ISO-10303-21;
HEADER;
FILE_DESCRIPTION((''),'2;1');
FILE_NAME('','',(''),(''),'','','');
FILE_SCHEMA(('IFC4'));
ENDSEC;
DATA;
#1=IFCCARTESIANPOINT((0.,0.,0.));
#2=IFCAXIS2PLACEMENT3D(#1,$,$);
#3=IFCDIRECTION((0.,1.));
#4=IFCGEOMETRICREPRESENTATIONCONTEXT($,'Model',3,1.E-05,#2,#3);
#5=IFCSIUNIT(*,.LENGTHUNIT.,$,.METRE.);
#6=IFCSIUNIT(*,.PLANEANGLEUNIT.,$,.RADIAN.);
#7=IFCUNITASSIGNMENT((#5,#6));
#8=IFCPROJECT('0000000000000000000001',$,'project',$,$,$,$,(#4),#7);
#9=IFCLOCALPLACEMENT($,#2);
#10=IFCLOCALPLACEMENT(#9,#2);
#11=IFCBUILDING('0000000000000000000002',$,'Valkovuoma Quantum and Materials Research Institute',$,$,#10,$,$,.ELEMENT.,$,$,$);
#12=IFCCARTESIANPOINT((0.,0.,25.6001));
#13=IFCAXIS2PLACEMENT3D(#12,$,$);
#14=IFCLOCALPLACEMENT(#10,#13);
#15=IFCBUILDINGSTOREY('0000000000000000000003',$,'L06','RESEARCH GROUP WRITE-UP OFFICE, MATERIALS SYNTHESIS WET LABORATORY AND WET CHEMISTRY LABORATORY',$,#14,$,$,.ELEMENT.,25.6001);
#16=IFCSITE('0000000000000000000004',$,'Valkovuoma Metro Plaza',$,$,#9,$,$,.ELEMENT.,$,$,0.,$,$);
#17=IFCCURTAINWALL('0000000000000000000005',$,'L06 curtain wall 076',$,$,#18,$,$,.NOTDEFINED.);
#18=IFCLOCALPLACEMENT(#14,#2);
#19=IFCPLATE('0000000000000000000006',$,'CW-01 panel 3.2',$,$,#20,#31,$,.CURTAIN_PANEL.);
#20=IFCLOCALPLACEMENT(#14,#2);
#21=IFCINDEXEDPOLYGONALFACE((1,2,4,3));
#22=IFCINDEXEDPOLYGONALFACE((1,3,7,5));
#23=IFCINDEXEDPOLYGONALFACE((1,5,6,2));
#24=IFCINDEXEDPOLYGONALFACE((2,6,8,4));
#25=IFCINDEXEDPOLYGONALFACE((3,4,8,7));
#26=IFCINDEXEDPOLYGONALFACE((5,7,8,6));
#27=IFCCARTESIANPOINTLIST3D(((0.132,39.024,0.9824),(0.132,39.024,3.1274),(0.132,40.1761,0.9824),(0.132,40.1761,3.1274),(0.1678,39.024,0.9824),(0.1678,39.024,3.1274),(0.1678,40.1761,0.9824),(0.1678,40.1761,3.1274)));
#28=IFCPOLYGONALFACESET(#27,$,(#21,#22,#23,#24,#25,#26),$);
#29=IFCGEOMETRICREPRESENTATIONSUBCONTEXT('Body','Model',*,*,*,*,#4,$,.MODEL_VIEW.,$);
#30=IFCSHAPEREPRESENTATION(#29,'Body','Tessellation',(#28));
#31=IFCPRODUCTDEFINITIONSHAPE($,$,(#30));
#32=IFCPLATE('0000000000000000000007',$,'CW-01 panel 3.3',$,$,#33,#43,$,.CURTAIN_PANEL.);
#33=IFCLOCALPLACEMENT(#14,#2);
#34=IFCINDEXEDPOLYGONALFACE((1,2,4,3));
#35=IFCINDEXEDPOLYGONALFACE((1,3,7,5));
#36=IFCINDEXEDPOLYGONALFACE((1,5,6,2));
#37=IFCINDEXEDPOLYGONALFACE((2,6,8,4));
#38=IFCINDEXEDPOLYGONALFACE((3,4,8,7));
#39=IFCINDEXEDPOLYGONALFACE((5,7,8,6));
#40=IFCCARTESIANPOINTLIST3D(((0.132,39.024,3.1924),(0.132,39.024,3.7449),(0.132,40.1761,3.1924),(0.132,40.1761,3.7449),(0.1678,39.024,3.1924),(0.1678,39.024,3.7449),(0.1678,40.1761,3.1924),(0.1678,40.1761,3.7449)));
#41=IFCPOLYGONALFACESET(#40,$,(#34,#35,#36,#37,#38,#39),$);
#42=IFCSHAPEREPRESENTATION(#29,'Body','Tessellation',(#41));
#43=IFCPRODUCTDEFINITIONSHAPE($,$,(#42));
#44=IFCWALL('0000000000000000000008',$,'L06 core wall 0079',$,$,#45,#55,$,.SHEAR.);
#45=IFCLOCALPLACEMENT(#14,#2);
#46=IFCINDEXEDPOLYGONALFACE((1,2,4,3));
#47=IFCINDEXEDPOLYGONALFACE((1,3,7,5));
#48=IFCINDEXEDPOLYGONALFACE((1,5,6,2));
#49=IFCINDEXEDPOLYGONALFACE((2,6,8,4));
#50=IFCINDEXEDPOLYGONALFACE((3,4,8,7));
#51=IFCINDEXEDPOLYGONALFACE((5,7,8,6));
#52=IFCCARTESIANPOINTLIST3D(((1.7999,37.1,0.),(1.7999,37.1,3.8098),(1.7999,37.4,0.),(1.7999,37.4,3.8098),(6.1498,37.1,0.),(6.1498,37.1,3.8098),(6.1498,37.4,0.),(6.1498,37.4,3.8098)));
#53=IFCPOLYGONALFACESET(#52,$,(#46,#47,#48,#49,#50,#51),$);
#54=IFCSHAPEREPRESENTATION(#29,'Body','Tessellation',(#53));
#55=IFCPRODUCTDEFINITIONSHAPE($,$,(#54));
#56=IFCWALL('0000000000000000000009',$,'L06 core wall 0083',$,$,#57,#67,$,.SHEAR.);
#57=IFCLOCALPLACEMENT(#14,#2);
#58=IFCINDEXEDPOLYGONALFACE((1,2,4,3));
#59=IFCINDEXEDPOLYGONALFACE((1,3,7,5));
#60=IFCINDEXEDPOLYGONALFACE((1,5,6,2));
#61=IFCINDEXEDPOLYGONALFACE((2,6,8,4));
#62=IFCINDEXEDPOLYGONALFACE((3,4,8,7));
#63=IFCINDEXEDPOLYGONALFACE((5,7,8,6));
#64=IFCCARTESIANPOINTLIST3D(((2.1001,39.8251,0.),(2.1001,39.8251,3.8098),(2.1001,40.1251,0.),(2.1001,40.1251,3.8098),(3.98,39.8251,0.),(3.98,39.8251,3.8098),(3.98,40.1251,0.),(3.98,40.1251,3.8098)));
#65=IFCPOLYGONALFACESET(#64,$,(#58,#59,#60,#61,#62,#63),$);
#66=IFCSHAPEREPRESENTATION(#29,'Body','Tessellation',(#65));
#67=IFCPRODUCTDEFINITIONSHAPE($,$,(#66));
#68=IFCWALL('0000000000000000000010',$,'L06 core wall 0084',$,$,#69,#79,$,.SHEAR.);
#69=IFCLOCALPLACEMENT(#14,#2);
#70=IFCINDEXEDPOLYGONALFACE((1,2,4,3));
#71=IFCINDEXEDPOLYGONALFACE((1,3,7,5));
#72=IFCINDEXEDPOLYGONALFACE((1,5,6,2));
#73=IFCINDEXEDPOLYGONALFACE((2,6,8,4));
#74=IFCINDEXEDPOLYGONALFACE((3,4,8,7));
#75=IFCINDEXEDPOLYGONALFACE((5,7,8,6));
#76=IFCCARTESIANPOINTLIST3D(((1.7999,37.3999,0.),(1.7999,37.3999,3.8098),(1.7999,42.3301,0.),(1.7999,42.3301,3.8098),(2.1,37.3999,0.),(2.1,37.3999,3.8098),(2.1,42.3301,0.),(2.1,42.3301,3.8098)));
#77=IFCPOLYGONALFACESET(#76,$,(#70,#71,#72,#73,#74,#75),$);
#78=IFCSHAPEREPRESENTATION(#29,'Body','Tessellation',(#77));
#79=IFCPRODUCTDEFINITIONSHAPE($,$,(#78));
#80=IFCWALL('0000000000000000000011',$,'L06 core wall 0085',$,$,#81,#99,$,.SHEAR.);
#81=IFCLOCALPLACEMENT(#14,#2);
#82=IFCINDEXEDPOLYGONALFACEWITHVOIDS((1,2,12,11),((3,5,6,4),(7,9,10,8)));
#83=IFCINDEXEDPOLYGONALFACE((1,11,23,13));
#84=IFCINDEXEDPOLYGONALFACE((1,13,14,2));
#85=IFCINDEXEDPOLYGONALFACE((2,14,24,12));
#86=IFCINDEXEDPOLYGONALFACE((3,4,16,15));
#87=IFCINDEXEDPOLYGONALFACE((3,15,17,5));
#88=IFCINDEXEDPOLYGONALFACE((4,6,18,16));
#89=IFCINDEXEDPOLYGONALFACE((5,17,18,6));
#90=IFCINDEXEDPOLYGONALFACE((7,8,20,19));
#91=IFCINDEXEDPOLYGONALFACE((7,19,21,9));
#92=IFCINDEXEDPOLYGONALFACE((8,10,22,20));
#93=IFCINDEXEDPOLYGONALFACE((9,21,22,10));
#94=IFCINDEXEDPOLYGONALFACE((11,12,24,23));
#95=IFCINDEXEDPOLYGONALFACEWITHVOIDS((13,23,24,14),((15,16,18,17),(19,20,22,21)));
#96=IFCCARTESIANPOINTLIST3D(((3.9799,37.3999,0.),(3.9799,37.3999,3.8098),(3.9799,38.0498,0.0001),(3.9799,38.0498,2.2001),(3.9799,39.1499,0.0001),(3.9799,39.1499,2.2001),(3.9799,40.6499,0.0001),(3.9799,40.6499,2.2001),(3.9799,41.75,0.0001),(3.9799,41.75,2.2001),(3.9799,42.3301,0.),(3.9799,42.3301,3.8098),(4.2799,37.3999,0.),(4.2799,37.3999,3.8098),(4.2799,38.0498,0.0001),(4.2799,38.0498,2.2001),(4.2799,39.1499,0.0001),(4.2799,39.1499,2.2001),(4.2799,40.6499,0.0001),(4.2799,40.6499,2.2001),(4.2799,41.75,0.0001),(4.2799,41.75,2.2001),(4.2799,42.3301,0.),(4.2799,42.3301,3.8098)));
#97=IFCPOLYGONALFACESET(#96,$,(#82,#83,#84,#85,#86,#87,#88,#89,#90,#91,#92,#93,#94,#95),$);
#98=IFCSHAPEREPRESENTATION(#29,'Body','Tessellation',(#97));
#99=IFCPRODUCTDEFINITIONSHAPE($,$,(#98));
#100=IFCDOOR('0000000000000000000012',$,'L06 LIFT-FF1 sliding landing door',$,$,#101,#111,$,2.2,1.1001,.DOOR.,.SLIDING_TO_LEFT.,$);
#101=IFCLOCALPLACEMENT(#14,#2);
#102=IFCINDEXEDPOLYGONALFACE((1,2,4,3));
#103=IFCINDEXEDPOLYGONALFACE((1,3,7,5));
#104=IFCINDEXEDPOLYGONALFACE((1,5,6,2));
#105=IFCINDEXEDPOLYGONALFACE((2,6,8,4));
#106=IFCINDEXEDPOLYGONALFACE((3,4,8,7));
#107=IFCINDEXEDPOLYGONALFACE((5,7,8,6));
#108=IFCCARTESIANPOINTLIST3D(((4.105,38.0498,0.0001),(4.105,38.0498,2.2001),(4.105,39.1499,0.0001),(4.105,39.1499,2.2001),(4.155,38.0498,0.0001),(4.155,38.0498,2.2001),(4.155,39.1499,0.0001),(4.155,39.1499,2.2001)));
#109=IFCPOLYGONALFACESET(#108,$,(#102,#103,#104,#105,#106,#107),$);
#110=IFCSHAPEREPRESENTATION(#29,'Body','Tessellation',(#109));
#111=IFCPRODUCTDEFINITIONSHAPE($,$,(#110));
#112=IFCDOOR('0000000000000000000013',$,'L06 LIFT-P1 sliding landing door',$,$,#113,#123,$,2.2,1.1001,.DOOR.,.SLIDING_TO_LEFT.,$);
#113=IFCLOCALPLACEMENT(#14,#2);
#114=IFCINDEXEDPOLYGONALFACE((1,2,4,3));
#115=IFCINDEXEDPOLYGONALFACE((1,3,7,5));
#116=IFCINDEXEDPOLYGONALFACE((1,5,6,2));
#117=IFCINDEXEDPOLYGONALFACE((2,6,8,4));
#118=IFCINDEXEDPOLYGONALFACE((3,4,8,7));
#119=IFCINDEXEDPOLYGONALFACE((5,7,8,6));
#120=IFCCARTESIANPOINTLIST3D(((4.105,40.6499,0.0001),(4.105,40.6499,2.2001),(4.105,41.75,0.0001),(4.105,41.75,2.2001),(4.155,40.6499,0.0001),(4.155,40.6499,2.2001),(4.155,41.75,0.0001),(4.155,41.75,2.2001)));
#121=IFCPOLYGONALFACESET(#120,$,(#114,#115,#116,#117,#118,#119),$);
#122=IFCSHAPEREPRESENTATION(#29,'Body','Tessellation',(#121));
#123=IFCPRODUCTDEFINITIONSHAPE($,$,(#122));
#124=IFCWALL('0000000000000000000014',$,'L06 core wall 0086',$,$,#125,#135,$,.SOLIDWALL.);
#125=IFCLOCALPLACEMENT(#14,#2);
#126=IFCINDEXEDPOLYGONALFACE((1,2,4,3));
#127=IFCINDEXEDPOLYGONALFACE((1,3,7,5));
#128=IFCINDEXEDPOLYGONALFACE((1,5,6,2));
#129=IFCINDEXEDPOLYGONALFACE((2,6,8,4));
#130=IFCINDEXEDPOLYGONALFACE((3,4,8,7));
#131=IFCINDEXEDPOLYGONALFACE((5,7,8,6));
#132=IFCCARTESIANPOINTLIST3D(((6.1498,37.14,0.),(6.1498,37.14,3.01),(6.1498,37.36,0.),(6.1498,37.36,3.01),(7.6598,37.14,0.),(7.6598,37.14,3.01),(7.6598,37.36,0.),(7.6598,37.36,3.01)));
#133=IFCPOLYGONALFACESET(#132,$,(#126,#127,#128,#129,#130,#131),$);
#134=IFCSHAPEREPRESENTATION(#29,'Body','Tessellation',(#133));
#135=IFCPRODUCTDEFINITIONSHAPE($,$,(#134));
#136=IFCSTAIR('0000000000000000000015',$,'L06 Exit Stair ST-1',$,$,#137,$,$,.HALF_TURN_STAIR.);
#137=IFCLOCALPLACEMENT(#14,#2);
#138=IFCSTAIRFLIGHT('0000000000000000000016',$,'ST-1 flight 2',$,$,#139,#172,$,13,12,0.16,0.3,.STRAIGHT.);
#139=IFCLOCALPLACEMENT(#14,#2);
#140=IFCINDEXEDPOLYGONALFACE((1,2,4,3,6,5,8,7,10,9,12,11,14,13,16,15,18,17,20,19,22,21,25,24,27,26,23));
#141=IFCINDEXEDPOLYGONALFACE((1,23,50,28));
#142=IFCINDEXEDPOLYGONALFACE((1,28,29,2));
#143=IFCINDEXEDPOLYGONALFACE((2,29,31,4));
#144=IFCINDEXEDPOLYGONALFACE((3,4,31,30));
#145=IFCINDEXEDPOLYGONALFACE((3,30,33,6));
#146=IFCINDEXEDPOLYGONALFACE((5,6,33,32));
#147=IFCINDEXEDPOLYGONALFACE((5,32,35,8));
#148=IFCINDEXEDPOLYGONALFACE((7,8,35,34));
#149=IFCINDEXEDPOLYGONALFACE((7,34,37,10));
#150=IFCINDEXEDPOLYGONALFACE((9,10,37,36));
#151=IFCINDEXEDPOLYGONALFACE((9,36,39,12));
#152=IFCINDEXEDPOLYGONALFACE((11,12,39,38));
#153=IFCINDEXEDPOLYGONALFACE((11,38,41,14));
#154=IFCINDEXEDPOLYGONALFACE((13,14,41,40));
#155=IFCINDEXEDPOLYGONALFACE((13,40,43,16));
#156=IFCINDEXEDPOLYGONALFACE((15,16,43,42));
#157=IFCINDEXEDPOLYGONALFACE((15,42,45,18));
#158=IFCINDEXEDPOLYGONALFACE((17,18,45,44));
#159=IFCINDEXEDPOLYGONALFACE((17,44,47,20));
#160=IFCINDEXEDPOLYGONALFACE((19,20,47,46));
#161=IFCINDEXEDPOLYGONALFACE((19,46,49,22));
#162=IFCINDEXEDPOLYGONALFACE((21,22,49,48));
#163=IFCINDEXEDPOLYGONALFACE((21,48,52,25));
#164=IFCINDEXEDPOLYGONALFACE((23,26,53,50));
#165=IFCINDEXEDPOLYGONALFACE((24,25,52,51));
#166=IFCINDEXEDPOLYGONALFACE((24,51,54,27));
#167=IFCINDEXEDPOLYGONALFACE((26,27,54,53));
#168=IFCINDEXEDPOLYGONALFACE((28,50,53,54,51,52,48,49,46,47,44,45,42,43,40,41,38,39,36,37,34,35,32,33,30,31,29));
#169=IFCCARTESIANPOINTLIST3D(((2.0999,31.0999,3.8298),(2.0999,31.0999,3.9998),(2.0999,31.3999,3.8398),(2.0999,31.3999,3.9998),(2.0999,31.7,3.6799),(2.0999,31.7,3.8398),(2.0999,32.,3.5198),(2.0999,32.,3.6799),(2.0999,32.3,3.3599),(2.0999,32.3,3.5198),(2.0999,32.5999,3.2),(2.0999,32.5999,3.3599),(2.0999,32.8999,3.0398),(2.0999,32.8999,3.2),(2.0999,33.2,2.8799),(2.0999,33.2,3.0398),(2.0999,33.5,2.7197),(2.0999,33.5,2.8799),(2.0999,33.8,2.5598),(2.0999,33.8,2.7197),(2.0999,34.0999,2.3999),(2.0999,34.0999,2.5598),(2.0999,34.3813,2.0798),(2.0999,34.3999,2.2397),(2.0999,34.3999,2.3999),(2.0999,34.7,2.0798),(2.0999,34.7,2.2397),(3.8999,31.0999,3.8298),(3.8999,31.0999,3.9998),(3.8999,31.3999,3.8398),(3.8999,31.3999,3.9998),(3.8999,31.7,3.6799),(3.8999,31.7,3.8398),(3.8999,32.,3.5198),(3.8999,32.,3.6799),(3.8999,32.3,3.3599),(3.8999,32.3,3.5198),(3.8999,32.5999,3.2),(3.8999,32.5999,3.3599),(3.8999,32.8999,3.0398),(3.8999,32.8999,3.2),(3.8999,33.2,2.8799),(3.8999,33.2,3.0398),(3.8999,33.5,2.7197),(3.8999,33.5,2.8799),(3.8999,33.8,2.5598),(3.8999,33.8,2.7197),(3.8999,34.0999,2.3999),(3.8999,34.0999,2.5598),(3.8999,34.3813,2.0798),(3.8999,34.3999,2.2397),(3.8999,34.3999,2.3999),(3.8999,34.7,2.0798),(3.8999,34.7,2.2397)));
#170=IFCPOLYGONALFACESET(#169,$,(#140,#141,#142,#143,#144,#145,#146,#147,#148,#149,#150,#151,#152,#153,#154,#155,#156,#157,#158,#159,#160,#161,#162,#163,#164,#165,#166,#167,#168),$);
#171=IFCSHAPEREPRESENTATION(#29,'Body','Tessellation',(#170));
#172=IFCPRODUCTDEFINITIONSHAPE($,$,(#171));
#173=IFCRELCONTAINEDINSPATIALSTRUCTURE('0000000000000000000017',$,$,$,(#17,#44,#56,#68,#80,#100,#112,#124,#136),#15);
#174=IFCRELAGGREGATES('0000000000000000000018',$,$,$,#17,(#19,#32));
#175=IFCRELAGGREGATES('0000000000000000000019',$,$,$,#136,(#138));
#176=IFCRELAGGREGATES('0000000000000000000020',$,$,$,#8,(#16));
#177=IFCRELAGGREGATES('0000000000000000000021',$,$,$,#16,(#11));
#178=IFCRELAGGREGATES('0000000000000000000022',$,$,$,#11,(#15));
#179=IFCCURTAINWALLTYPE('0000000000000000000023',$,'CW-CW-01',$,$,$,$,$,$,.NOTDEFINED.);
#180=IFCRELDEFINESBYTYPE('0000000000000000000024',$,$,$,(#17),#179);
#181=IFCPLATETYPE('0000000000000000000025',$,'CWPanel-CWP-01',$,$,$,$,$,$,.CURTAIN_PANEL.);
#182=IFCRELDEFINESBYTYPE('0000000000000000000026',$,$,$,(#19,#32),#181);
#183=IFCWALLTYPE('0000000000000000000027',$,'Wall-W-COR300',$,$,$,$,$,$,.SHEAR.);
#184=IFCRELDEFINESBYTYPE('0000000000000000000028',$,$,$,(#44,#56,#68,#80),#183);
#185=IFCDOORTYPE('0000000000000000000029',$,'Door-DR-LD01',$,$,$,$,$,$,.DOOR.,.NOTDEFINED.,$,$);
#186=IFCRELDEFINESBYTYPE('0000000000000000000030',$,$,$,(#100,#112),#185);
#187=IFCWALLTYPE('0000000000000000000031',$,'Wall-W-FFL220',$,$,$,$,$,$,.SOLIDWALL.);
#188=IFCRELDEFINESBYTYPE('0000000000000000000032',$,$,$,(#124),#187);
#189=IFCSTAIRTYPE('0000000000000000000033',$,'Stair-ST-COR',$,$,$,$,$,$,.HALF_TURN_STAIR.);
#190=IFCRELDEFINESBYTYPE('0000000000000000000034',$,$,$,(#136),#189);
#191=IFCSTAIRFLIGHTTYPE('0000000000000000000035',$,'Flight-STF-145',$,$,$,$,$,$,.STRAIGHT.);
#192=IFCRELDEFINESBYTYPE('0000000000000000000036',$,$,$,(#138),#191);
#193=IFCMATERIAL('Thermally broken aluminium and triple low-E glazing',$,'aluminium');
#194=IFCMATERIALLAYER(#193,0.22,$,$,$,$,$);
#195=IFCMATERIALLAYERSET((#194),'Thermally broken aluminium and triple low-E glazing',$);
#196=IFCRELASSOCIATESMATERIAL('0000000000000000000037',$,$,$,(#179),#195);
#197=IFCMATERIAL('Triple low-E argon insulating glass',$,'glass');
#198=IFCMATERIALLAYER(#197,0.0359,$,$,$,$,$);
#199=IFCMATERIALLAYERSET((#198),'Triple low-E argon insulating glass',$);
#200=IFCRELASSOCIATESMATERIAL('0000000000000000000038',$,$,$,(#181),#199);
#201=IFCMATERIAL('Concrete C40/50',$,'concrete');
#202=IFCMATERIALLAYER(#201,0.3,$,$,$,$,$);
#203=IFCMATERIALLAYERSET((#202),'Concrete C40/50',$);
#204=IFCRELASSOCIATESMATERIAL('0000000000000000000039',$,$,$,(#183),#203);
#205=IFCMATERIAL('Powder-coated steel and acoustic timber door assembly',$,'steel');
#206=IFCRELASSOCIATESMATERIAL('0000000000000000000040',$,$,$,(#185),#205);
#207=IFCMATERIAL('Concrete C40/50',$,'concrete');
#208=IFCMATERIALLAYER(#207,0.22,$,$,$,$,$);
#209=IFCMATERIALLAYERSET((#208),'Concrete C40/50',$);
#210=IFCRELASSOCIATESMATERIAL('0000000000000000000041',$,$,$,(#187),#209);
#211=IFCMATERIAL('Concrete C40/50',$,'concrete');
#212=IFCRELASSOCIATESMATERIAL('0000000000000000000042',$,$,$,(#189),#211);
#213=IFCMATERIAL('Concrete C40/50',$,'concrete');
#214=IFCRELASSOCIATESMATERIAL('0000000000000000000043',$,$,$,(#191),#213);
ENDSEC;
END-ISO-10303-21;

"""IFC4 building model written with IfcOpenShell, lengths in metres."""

from ifc_helpers import new_model, si_unit, direction, frame, frame_2d, origin, origin_2d, place, context, subcontext, project, spatial, polyline, rectangle, outline, extrude, material, layer, layer_set, type_object, element, fill, aggregate, save


model = new_model("IFC4")

# Units and contexts
model_context = context("Model", 3, precision=1e-05, world=origin(), true_north=direction((0.0, 1.0)))
body_context = subcontext(model_context, "Body", "Model", "MODEL_VIEW")
ifc_project = project(units=[si_unit("LENGTHUNIT", "METRE"), si_unit("PLANEANGLEUNIT", "RADIAN")], contexts=[model_context])

# Site, building, storey
site_placement = place(None, origin())
site = spatial("IfcSite", under=ifc_project, at=site_placement, Name="Valkovuoma Metro Plaza", CompositionType="ELEMENT", RefElevation=0.0)
building_placement = place(site_placement, origin())
building = spatial("IfcBuilding", under=site, at=building_placement, Name="Valkovuoma Quantum and Materials Research Institute", CompositionType="ELEMENT")
storey_placement = place(building_placement, frame((0.0, 0.0, 25.6001)))
storey = spatial("IfcBuildingStorey", under=building, at=storey_placement, Name="L06", Description="RESEARCH GROUP WRITE-UP OFFICE, MATERIALS SYNTHESIS WET LABORATORY AND WET CHEMISTRY LABORATORY", CompositionType="ELEMENT", Elevation=25.6001)

# Curtain wall, plates
ifc_material_1 = material(Name="Thermally broken aluminium and triple low-E glazing", Category="aluminium")
ifc_layer_1 = layer(ifc_material_1, 0.22)
ifc_layer_set_1 = layer_set([ifc_layer_1], Name="Thermally broken aluminium and triple low-E glazing")
curtain_wall_type = type_object("IfcCurtainWallType", Name="CW-CW-01", PredefinedType="NOTDEFINED", material=ifc_layer_set_1)
curtain_wall_placement = place(storey_placement, origin())
curtain_wall = element("IfcCurtainWall", 1, at=curtain_wall_placement, inside=storey, type_object=curtain_wall_type, Name="L06 curtain wall 076", PredefinedType="NOTDEFINED")
ifc_material_2 = material(Name="Triple low-E argon insulating glass", Category="glass")
ifc_layer_2 = layer(ifc_material_2, 0.0359)
ifc_layer_set_2 = layer_set([ifc_layer_2], Name="Triple low-E argon insulating glass")
plate_type = type_object("IfcPlateType", Name="CWPanel-CWP-01", PredefinedType="CURTAIN_PANEL", material=ifc_layer_set_2)
plate_1_placement = place(storey_placement, frame((0.1499, 39.6001, 0.9824), z_axis=(0.0, 0.0, 1.0), x_axis=(0.0, 1.0, 0.0)))
plate_1 = element("IfcPlate", 2, at=plate_1_placement, type_object=plate_type, Name="CW-01 panel 3.2", PredefinedType="CURTAIN_PANEL", context=body_context, shape_type="SweptSolid", body=[
    extrude(rectangle(XDim=1.1521, YDim=0.0359, at=origin_2d()), origin(), (0.0, 0.0, 1.0), 2.145),
])
plate_2_placement = place(storey_placement, frame((0.1499, 39.6001, 3.1924), z_axis=(0.0, 0.0, 1.0), x_axis=(0.0, 1.0, 0.0)))
plate_2 = element("IfcPlate", 3, at=plate_2_placement, type_object=plate_type, Name="CW-01 panel 3.3", PredefinedType="CURTAIN_PANEL", context=body_context, shape_type="SweptSolid", body=[
    extrude(rectangle(XDim=1.1521, YDim=0.0359, at=origin_2d()), origin(), (0.0, 0.0, 1.0), 0.5525),
])
aggregate(curtain_wall, [plate_1, plate_2])

# Walls
ifc_material_3 = material(Name="Concrete C40/50", Category="concrete")
ifc_layer_3 = layer(ifc_material_3, 0.3)
ifc_layer_set_3 = layer_set([ifc_layer_3], Name="Concrete C40/50")
wall_type_1 = type_object("IfcWallType", Name="Wall-W-COR300", PredefinedType="SHEAR", material=ifc_layer_set_3)
wall_1_placement = place(storey_placement, frame((1.8, 37.25, 0.0), z_axis=(0.0, 0.0, 1.0), x_axis=(1.0, 0.0, 0.0)))
element("IfcWall", 4, at=wall_1_placement, inside=storey, type_object=wall_type_1, Name="L06 core wall 0079", PredefinedType="SHEAR", context=body_context, shape_type="SweptSolid", body=[
    extrude(rectangle(XDim=4.3499, YDim=0.3, at=frame_2d((2.1748, 0.0))), origin(), (0.0, 0.0, 1.0), 3.8098),
])
wall_2_placement = place(storey_placement, frame((2.1001, 39.9751, 0.0), z_axis=(0.0, 0.0, 1.0), x_axis=(1.0, 0.0, 0.0)))
element("IfcWall", 5, at=wall_2_placement, inside=storey, type_object=wall_type_1, Name="L06 core wall 0083", PredefinedType="SHEAR", context=body_context, shape_type="SweptSolid", body=[
    extrude(rectangle(XDim=1.8799, YDim=0.3, at=frame_2d((0.9399, 0.0))), origin(), (0.0, 0.0, 1.0), 3.8098),
])
wall_3_placement = place(storey_placement, frame((1.95, 37.3999, 0.0), z_axis=(0.0, 0.0, 1.0), x_axis=(0.0, 1.0, 0.0)))
element("IfcWall", 6, at=wall_3_placement, inside=storey, type_object=wall_type_1, Name="L06 core wall 0084", PredefinedType="SHEAR", context=body_context, shape_type="SweptSolid", body=[
    extrude(rectangle(XDim=4.9302, YDim=0.3, at=frame_2d((2.4651, 0.0))), origin(), (0.0, 0.0, 1.0), 3.8098),
])

# Wall, openings, doors
wall_4_placement = place(storey_placement, frame((4.1299, 37.3999, 0.0), z_axis=(0.0, 0.0, 1.0), x_axis=(0.0, 1.0, 0.0)))
wall_4 = element("IfcWall", 7, at=wall_4_placement, inside=storey, type_object=wall_type_1, Name="L06 core wall 0085", PredefinedType="SHEAR", context=body_context, shape_type="SweptSolid", body=[
    extrude(rectangle(XDim=4.9302, YDim=0.3, at=frame_2d((2.4651, 0.0))), origin(), (0.0, 0.0, 1.0), 3.8098),
])
opening_1_placement = place(wall_4_placement, frame((0.6499, 0.0, 0.0)))
opening_1 = element("IfcOpeningElement", 8, at=opening_1_placement, cuts=wall_4, PredefinedType="OPENING", context=body_context, shape_type="SweptSolid", body=[
    extrude(rectangle(XDim=1.1001, YDim=2.2, at=frame_2d((0.55, 1.1001))), frame((0.0, 0.1602, 0.0), z_axis=(0.0, -1.0, 0.0), x_axis=(1.0, 0.0, 0.0)), (0.0, 0.0, 1.0), 0.3201),
])
opening_2_placement = place(wall_4_placement, frame((3.25, 0.0, 0.0)))
opening_2 = element("IfcOpeningElement", 9, at=opening_2_placement, cuts=wall_4, PredefinedType="OPENING", context=body_context, shape_type="SweptSolid", body=[
    extrude(rectangle(XDim=1.1001, YDim=2.2, at=frame_2d((0.55, 1.1001))), frame((0.0, 0.1602, 0.0), z_axis=(0.0, -1.0, 0.0), x_axis=(1.0, 0.0, 0.0)), (0.0, 0.0, 1.0), 0.3201),
])
ifc_material_4 = material(Name="Powder-coated steel and acoustic timber door assembly", Category="steel")
door_type = type_object("IfcDoorType", Name="Door-DR-LD01", OperationType="NOTDEFINED", PredefinedType="DOOR", material=ifc_material_4)
door_1_placement = place(opening_1_placement, origin())
door_1 = element("IfcDoor", 10, at=door_1_placement, inside=storey, type_object=door_type, Name="L06 LIFT-FF1 sliding landing door", OperationType="SLIDING_TO_LEFT", OverallHeight=2.2, OverallWidth=1.1001, PredefinedType="DOOR", context=body_context, shape_type="SweptSolid", body=[
    extrude(rectangle(XDim=1.1001, YDim=2.2, at=frame_2d((0.55, 1.1001))), frame((0.0, 0.0249, 0.0), z_axis=(0.0, -1.0, 0.0), x_axis=(1.0, 0.0, 0.0)), (0.0, 0.0, 1.0), 0.05),
])
fill(opening_1, door_1)
door_2_placement = place(opening_2_placement, origin())
door_2 = element("IfcDoor", 11, at=door_2_placement, inside=storey, type_object=door_type, Name="L06 LIFT-P1 sliding landing door", OperationType="SLIDING_TO_LEFT", OverallHeight=2.2, OverallWidth=1.1001, PredefinedType="DOOR", context=body_context, shape_type="SweptSolid", body=[
    extrude(rectangle(XDim=1.1001, YDim=2.2, at=frame_2d((0.55, 1.1001))), frame((0.0, 0.0249, 0.0), z_axis=(0.0, -1.0, 0.0), x_axis=(1.0, 0.0, 0.0)), (0.0, 0.0, 1.0), 0.05),
])
fill(opening_2, door_2)

# Wall
ifc_material_5 = material(Name="Concrete C40/50", Category="concrete")
ifc_layer_4 = layer(ifc_material_5, 0.22)
ifc_layer_set_4 = layer_set([ifc_layer_4], Name="Concrete C40/50")
wall_type_2 = type_object("IfcWallType", Name="Wall-W-FFL220", PredefinedType="SOLIDWALL", material=ifc_layer_set_4)
wall_5_placement = place(storey_placement, frame((6.1499, 37.25, 0.0), z_axis=(0.0, 0.0, 1.0), x_axis=(1.0, 0.0, 0.0)))
element("IfcWall", 12, at=wall_5_placement, inside=storey, type_object=wall_type_2, Name="L06 core wall 0086", PredefinedType="SOLIDWALL", context=body_context, shape_type="SweptSolid", body=[
    extrude(rectangle(XDim=1.51, YDim=0.22, at=frame_2d((0.7549, 0.0))), origin(), (0.0, 0.0, 1.0), 3.01),
])

# Stair, stair flight
ifc_material_6 = material(Name="Concrete C40/50", Category="concrete")
stair_type = type_object("IfcStairType", Name="Stair-ST-COR", PredefinedType="HALF_TURN_STAIR", material=ifc_material_6)
stair_placement = place(storey_placement, origin())
stair = element("IfcStair", 13, at=stair_placement, inside=storey, type_object=stair_type, Name="L06 Exit Stair ST-1", PredefinedType="HALF_TURN_STAIR")
ifc_material_7 = material(Name="Concrete C40/50", Category="concrete")
stair_flight_type = type_object("IfcStairFlightType", Name="Flight-STF-145", PredefinedType="STRAIGHT", material=ifc_material_7)
stair_flight_placement = place(storey_placement, frame((3.0, 34.7, 2.0798), z_axis=(0.0, 0.0, 1.0), x_axis=(0.0, -1.0, 0.0)))
stair_flight = element("IfcStairFlight", 14, at=stair_flight_placement, type_object=stair_flight_type, Name="ST-1 flight 2", NumberOfRisers=13, NumberOfTreads=12, PredefinedType="STRAIGHT", RiserHeight=0.16, TreadLength=0.3, context=body_context, shape_type="SweptSolid", body=[
    extrude(outline(polyline([(0.0, 0.0), (0.0, 0.1599), (0.3, 0.1599), (0.3, 0.3201), (0.6001, 0.3201), (0.6001, 0.48), (0.8999, 0.48), (0.8999, 0.6399), (1.2, 0.6399), (1.2, 0.8), (1.5, 0.8), (1.5, 0.96), (1.8, 0.96), (1.8, 1.1201), (2.1001, 1.1201), (2.1001, 1.28), (2.3999, 1.28), (2.3999, 1.4399), (2.7, 1.4399), (2.7, 1.6001), (3.0, 1.6001), (3.0, 1.76), (3.3, 1.76), (3.3, 1.9199), (3.6001, 1.9199), (3.6001, 2.0801), (3.6001, 1.75), (0.3186, 0.0), (0.0, 0.0)])), frame((0.0, 0.8999, 0.0), z_axis=(0.0, -1.0, 0.0), x_axis=(1.0, 0.0, 0.0)), (0.0, 0.0, 1.0), 1.8),
])
aggregate(stair, [stair_flight])

save(model, "model.ifc")
